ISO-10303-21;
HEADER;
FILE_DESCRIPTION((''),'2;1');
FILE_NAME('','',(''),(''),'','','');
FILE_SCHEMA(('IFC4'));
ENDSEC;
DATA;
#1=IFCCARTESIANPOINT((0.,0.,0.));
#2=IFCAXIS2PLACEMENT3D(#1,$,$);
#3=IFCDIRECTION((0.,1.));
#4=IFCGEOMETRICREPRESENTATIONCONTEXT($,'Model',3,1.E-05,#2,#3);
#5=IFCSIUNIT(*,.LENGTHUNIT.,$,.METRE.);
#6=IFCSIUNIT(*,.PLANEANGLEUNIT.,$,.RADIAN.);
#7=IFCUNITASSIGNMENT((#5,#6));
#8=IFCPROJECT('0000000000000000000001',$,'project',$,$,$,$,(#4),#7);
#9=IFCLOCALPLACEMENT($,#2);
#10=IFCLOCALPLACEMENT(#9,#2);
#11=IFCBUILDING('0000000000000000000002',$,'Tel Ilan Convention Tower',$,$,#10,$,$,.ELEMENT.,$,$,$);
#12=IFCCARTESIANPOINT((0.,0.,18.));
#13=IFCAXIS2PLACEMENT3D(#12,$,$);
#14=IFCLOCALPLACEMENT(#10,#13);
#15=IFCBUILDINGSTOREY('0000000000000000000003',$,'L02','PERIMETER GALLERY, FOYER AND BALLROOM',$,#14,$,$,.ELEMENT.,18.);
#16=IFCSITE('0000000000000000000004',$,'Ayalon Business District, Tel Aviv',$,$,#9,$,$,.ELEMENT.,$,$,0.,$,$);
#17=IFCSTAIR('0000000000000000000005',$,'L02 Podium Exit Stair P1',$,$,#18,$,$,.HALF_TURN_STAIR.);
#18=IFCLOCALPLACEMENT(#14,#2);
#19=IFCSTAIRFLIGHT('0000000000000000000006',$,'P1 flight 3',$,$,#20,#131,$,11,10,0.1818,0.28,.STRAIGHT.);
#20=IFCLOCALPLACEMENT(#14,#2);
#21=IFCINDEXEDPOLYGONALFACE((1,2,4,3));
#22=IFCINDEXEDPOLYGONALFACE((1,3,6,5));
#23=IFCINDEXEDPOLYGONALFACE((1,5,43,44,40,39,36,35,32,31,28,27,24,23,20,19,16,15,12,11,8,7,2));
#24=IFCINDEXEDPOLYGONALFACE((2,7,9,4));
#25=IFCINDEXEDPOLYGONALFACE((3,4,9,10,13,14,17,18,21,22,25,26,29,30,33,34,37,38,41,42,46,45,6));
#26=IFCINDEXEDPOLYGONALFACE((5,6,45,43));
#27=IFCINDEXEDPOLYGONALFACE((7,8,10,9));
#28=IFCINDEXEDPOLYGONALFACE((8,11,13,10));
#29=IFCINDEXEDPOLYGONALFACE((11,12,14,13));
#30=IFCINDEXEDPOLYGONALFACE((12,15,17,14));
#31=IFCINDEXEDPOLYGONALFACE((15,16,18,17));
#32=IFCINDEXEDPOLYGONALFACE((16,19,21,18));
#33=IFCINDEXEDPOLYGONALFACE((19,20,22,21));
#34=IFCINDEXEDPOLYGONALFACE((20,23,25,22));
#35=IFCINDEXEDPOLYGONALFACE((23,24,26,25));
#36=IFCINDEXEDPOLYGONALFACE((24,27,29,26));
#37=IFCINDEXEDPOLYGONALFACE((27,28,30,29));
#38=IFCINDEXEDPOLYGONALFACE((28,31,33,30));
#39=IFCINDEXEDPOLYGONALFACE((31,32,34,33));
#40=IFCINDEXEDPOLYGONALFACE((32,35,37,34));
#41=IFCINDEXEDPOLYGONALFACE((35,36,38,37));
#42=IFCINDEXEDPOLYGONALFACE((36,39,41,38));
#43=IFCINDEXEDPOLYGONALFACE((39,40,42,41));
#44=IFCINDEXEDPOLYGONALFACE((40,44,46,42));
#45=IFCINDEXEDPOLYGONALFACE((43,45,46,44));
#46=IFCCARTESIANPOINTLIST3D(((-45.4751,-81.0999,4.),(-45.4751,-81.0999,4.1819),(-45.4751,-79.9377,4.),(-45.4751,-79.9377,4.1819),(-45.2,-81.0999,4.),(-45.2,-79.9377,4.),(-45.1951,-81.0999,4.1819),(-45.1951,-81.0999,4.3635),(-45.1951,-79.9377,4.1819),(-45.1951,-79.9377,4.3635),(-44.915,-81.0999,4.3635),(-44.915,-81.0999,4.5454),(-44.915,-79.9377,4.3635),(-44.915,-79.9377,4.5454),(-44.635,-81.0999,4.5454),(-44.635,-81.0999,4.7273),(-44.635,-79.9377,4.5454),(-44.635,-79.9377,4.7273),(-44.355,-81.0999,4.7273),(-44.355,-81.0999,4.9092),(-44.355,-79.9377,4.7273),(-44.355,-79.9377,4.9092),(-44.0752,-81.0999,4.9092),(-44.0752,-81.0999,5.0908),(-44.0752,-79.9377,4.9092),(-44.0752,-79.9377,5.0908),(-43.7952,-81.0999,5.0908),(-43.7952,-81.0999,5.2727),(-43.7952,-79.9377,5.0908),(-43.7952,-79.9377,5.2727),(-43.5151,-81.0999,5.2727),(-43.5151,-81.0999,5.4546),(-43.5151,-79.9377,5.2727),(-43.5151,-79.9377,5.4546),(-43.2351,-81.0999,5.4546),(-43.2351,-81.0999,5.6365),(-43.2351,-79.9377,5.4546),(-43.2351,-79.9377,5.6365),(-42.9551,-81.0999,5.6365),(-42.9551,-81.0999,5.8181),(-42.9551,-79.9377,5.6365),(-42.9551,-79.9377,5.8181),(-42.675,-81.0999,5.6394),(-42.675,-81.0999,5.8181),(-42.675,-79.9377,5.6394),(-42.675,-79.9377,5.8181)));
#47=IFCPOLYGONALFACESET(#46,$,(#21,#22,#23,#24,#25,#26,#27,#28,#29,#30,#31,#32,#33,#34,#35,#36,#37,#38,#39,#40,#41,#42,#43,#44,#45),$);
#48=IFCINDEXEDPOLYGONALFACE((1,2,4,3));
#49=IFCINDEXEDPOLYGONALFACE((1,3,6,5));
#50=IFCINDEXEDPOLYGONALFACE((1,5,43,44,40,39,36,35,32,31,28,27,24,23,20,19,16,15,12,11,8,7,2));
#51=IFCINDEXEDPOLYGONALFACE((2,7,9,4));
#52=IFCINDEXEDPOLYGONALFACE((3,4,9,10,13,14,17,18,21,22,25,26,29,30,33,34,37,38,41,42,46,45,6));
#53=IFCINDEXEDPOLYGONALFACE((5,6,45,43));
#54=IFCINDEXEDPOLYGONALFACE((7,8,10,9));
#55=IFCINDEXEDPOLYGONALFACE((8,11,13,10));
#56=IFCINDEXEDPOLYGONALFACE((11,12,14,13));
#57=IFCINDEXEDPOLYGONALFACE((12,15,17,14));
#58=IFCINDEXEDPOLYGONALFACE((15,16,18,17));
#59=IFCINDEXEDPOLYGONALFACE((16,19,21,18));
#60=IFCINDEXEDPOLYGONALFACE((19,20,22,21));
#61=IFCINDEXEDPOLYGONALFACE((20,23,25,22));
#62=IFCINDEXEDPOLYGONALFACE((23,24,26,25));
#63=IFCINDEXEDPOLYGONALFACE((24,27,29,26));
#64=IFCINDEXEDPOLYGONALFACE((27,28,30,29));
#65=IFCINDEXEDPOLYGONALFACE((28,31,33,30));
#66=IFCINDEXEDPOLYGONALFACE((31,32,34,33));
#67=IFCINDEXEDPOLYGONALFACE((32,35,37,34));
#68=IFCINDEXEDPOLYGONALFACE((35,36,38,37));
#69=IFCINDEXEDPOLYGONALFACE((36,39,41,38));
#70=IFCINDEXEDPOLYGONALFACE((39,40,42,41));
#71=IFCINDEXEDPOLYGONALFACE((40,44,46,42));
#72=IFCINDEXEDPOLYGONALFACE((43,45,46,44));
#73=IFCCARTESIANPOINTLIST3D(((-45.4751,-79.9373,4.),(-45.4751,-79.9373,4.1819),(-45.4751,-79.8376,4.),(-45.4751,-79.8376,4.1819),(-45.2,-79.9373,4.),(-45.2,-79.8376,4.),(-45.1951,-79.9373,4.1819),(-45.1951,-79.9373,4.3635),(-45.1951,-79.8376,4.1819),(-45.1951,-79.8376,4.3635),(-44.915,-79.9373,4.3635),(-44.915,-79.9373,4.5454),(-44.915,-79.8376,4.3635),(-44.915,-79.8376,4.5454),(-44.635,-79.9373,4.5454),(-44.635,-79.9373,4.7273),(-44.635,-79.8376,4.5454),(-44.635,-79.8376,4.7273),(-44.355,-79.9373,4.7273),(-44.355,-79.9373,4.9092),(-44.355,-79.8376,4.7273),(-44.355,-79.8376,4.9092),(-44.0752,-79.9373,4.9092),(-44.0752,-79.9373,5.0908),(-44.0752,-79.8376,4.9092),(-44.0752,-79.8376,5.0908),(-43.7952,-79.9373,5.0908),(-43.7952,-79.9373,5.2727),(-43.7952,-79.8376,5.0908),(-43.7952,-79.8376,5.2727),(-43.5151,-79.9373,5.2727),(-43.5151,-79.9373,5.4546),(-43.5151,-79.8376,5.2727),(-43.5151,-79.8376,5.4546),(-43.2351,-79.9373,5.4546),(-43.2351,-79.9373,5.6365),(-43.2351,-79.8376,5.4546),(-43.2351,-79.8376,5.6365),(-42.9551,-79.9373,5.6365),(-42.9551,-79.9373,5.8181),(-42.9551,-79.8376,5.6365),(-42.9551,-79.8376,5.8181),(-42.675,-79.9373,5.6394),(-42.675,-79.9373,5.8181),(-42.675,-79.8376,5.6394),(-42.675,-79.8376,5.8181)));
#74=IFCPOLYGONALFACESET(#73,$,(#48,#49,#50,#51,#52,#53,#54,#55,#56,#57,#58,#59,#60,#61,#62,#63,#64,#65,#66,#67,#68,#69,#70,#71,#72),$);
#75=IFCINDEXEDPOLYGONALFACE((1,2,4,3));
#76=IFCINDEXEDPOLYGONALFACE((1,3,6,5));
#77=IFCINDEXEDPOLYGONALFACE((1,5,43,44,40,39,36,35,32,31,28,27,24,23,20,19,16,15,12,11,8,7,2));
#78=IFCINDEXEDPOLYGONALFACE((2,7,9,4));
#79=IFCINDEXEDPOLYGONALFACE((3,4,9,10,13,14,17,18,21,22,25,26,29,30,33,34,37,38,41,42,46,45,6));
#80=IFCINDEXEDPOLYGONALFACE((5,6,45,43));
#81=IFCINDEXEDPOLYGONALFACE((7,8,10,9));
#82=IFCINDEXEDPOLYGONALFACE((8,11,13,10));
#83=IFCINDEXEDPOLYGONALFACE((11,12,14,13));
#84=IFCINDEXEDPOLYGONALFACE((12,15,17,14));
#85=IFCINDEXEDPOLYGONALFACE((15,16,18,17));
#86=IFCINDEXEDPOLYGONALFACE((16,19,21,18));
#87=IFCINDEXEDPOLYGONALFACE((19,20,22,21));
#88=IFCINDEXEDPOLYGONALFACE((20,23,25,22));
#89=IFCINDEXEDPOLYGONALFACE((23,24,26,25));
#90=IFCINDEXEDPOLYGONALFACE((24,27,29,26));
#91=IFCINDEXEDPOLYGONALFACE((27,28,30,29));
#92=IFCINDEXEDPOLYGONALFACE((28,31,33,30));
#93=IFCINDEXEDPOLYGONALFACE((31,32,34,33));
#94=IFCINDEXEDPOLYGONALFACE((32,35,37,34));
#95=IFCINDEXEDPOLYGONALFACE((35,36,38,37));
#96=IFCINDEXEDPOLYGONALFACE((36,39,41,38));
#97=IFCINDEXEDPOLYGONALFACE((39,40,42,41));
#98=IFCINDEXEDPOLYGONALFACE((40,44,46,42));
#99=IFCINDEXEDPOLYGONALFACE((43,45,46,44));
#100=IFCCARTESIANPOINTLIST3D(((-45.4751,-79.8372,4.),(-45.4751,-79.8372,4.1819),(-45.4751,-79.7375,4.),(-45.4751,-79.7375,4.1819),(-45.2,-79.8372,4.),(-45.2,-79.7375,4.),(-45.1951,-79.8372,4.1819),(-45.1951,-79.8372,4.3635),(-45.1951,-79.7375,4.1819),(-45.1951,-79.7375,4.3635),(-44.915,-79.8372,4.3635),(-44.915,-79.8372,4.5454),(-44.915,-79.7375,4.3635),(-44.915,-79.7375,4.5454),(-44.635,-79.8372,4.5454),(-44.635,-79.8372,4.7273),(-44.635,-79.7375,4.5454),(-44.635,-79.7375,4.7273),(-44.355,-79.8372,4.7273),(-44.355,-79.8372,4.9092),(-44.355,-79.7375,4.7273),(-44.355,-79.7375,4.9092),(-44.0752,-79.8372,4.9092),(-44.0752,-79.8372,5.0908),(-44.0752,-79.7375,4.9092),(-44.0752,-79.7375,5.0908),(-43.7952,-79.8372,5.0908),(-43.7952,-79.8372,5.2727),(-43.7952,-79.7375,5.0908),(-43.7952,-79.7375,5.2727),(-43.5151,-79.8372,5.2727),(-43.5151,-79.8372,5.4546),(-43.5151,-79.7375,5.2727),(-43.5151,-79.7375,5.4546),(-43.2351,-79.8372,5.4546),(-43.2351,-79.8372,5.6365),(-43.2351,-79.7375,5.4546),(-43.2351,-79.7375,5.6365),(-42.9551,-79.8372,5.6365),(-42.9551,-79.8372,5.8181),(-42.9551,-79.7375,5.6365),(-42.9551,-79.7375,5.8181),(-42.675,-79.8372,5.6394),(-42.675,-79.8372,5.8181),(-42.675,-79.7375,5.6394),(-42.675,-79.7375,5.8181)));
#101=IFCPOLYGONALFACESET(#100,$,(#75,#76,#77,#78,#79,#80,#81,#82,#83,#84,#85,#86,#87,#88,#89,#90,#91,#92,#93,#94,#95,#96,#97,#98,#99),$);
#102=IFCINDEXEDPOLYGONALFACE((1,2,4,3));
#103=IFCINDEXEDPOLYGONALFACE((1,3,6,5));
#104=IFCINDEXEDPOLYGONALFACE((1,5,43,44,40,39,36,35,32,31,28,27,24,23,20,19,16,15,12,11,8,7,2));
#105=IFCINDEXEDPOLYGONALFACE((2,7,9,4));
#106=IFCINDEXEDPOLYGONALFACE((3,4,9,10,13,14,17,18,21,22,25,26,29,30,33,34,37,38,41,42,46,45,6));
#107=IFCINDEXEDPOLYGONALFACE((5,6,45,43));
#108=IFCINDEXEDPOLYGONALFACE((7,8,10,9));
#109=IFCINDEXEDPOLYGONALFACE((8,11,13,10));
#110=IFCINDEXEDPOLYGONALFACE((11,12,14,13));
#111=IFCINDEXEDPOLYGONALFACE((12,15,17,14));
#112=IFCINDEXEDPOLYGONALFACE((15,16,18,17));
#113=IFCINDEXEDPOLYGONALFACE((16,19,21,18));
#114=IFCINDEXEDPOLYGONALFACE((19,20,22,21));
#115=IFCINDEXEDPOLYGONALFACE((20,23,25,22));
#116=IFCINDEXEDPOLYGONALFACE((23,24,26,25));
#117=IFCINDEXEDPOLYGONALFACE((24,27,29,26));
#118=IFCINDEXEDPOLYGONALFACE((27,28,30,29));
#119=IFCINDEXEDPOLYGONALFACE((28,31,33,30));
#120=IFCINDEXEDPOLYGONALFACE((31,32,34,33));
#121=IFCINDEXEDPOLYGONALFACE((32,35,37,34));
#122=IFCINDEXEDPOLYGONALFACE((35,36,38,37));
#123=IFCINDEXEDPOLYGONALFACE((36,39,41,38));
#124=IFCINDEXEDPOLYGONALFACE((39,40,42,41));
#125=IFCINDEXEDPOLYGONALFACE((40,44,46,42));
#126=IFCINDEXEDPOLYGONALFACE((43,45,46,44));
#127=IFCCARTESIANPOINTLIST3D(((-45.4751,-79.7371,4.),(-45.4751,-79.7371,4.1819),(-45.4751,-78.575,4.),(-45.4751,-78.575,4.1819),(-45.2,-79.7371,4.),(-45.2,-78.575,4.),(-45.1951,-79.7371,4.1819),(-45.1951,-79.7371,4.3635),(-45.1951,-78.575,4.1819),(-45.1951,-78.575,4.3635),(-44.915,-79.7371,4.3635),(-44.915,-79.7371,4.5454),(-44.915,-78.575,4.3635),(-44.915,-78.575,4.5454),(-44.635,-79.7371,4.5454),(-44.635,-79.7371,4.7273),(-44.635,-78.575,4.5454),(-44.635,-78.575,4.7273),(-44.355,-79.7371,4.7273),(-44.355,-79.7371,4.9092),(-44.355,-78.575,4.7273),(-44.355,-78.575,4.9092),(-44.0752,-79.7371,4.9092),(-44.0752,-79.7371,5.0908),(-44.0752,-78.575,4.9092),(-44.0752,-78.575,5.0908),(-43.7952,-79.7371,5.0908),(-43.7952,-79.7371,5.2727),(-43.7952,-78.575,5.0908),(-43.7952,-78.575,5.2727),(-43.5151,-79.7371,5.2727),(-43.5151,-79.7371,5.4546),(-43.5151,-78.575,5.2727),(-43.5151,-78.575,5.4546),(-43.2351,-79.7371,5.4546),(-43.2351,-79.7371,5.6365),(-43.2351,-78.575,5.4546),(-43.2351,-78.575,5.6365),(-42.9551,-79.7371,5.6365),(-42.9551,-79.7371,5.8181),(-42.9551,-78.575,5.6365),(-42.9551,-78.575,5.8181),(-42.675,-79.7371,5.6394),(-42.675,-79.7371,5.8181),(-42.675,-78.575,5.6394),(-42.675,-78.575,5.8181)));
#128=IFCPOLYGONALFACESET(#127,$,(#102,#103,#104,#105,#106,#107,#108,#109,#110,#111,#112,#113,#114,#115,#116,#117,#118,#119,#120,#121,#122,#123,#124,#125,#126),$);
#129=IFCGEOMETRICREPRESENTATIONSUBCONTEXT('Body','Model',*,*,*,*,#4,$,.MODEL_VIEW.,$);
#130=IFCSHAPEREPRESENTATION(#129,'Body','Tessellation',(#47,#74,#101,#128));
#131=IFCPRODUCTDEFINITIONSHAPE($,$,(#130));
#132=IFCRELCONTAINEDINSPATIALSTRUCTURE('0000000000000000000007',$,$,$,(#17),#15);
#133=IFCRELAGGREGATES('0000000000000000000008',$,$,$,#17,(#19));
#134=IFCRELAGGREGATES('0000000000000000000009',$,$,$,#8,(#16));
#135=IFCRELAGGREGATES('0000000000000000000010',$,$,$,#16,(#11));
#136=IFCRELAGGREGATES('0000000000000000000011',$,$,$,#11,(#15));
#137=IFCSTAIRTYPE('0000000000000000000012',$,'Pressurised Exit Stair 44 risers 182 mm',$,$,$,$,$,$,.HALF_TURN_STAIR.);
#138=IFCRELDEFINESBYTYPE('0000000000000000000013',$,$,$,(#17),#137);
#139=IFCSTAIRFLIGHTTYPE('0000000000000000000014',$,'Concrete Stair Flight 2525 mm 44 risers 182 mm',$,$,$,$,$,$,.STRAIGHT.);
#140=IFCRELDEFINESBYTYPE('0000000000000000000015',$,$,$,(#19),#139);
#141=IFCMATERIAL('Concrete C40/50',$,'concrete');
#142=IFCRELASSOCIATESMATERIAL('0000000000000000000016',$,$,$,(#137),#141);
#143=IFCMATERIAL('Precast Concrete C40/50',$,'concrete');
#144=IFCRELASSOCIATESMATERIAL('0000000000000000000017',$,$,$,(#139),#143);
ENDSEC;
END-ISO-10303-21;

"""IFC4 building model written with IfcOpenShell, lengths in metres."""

from ifc_helpers import new_model, si_unit, direction, frame, origin, place, context, subcontext, project, spatial, polyline, outline, extrude, material, type_object, element, aggregate, save


model = new_model("IFC4")

# Units and contexts
model_context = context("Model", 3, precision=1e-05, world=origin(), true_north=direction((0.0, 1.0)))
body_context = subcontext(model_context, "Body", "Model", "MODEL_VIEW")
ifc_project = project(units=[si_unit("LENGTHUNIT", "METRE"), si_unit("PLANEANGLEUNIT", "RADIAN")], contexts=[model_context])

# Site, building, storey
site_placement = place(None, origin())
site = spatial("IfcSite", under=ifc_project, at=site_placement, Name="Ayalon Business District, Tel Aviv", CompositionType="ELEMENT", RefElevation=0.0)
building_placement = place(site_placement, origin())
building = spatial("IfcBuilding", under=site, at=building_placement, Name="Tel Ilan Convention Tower", CompositionType="ELEMENT")
storey_placement = place(building_placement, frame((0.0, 0.0, 18.0)))
storey = spatial("IfcBuildingStorey", under=building, at=storey_placement, Name="L02", Description="PERIMETER GALLERY, FOYER AND BALLROOM", CompositionType="ELEMENT", Elevation=18.0)

# Stair, stair flight
ifc_material_1 = material(Name="Concrete C40/50", Category="concrete")
stair_type = type_object("IfcStairType", Name="Pressurised Exit Stair 44 risers 182 mm", PredefinedType="HALF_TURN_STAIR", material=ifc_material_1)
stair_placement = place(storey_placement, origin())
stair = element("IfcStair", 1, at=stair_placement, inside=storey, type_object=stair_type, Name="L02 Podium Exit Stair P1", PredefinedType="HALF_TURN_STAIR")
ifc_material_2 = material(Name="Precast Concrete C40/50", Category="concrete")
stair_flight_type = type_object("IfcStairFlightType", Name="Concrete Stair Flight 2525 mm 44 risers 182 mm", PredefinedType="STRAIGHT", material=ifc_material_2)
stair_flight_1_placement = place(storey_placement, frame((-45.4751, -79.8374, 4.0), z_axis=(0.0, 0.0, 1.0), x_axis=(1.0, 0.0, 0.0)))
stair_flight_1 = element("IfcStairFlight", 2, at=stair_flight_1_placement, type_object=stair_flight_type, Name="P1 flight 3", NumberOfRisers=11, NumberOfTreads=10, PredefinedType="STRAIGHT", RiserHeight=0.1818, TreadLength=0.28, context=body_context, shape_type="SweptSolid", body=[
    extrude(outline(polyline([(0.0, 0.0), (0.0, 0.1819), (0.28, 0.1819), (0.28, 0.3635), (0.5601, 0.3635), (0.5601, 0.5454), (0.8401, 0.5454), (0.8401, 0.7273), (1.1201, 0.7273), (1.1201, 0.9092), (1.3999, 0.9092), (1.3999, 1.0908), (1.6799, 1.0908), (1.6799, 1.2727), (1.96, 1.2727), (1.96, 1.4546), (2.24, 1.4546), (2.24, 1.6365), (2.52, 1.6365), (2.52, 1.8181), (2.8, 1.8181), (2.8, 2.0), (2.8, 1.6394), (0.2751, 0.0), (0.0, 0.0)])), frame((0.0, -0.1003, 0.0), z_axis=(0.0, -1.0, 0.0), x_axis=(1.0, 0.0, 0.0)), (0.0, 0.0, 1.0), 1.1621),
    extrude(outline(polyline([(0.0, 0.0), (0.0, 0.1819), (0.28, 0.1819), (0.28, 0.3635), (0.5601, 0.3635), (0.5601, 0.5454), (0.8401, 0.5454), (0.8401, 0.7273), (1.1201, 0.7273), (1.1201, 0.9092), (1.3999, 0.9092), (1.3999, 1.0908), (1.6799, 1.0908), (1.6799, 1.2727), (1.96, 1.2727), (1.96, 1.4546), (2.24, 1.4546), (2.24, 1.6365), (2.52, 1.6365), (2.52, 1.8181), (2.8, 1.8181), (2.8, 2.0), (2.8, 1.6394), (0.2751, 0.0), (0.0, 0.0)])), frame((0.0, -0.0002, 0.0), z_axis=(0.0, -1.0, 0.0), x_axis=(1.0, 0.0, 0.0)), (0.0, 0.0, 1.0), 0.0996),
    extrude(outline(polyline([(0.0, 0.0), (0.0, 0.1819), (0.28, 0.1819), (0.28, 0.3635), (0.5601, 0.3635), (0.5601, 0.5454), (0.8401, 0.5454), (0.8401, 0.7273), (1.1201, 0.7273), (1.1201, 0.9092), (1.3999, 0.9092), (1.3999, 1.0908), (1.6799, 1.0908), (1.6799, 1.2727), (1.96, 1.2727), (1.96, 1.4546), (2.24, 1.4546), (2.24, 1.6365), (2.52, 1.6365), (2.52, 1.8181), (2.8, 1.8181), (2.8, 2.0), (2.8, 1.6394), (0.2751, 0.0), (0.0, 0.0)])), frame((0.0, 0.0999, 0.0), z_axis=(0.0, -1.0, 0.0), x_axis=(1.0, 0.0, 0.0)), (0.0, 0.0, 1.0), 0.0996),
    extrude(outline(polyline([(0.0, 0.0), (0.0, 0.1819), (0.28, 0.1819), (0.28, 0.3635), (0.5601, 0.3635), (0.5601, 0.5454), (0.8401, 0.5454), (0.8401, 0.7273), (1.1201, 0.7273), (1.1201, 0.9092), (1.3999, 0.9092), (1.3999, 1.0908), (1.6799, 1.0908), (1.6799, 1.2727), (1.96, 1.2727), (1.96, 1.4546), (2.24, 1.4546), (2.24, 1.6365), (2.52, 1.6365), (2.52, 1.8181), (2.8, 1.8181), (2.8, 2.0), (2.8, 1.6394), (0.2751, 0.0), (0.0, 0.0)])), frame((0.0, 1.2625, 0.0), z_axis=(0.0, -1.0, 0.0), x_axis=(1.0, 0.0, 0.0)), (0.0, 0.0, 1.0), 1.1621),
])
aggregate(stair, [stair_flight_1])

save(model, "model.ifc")
